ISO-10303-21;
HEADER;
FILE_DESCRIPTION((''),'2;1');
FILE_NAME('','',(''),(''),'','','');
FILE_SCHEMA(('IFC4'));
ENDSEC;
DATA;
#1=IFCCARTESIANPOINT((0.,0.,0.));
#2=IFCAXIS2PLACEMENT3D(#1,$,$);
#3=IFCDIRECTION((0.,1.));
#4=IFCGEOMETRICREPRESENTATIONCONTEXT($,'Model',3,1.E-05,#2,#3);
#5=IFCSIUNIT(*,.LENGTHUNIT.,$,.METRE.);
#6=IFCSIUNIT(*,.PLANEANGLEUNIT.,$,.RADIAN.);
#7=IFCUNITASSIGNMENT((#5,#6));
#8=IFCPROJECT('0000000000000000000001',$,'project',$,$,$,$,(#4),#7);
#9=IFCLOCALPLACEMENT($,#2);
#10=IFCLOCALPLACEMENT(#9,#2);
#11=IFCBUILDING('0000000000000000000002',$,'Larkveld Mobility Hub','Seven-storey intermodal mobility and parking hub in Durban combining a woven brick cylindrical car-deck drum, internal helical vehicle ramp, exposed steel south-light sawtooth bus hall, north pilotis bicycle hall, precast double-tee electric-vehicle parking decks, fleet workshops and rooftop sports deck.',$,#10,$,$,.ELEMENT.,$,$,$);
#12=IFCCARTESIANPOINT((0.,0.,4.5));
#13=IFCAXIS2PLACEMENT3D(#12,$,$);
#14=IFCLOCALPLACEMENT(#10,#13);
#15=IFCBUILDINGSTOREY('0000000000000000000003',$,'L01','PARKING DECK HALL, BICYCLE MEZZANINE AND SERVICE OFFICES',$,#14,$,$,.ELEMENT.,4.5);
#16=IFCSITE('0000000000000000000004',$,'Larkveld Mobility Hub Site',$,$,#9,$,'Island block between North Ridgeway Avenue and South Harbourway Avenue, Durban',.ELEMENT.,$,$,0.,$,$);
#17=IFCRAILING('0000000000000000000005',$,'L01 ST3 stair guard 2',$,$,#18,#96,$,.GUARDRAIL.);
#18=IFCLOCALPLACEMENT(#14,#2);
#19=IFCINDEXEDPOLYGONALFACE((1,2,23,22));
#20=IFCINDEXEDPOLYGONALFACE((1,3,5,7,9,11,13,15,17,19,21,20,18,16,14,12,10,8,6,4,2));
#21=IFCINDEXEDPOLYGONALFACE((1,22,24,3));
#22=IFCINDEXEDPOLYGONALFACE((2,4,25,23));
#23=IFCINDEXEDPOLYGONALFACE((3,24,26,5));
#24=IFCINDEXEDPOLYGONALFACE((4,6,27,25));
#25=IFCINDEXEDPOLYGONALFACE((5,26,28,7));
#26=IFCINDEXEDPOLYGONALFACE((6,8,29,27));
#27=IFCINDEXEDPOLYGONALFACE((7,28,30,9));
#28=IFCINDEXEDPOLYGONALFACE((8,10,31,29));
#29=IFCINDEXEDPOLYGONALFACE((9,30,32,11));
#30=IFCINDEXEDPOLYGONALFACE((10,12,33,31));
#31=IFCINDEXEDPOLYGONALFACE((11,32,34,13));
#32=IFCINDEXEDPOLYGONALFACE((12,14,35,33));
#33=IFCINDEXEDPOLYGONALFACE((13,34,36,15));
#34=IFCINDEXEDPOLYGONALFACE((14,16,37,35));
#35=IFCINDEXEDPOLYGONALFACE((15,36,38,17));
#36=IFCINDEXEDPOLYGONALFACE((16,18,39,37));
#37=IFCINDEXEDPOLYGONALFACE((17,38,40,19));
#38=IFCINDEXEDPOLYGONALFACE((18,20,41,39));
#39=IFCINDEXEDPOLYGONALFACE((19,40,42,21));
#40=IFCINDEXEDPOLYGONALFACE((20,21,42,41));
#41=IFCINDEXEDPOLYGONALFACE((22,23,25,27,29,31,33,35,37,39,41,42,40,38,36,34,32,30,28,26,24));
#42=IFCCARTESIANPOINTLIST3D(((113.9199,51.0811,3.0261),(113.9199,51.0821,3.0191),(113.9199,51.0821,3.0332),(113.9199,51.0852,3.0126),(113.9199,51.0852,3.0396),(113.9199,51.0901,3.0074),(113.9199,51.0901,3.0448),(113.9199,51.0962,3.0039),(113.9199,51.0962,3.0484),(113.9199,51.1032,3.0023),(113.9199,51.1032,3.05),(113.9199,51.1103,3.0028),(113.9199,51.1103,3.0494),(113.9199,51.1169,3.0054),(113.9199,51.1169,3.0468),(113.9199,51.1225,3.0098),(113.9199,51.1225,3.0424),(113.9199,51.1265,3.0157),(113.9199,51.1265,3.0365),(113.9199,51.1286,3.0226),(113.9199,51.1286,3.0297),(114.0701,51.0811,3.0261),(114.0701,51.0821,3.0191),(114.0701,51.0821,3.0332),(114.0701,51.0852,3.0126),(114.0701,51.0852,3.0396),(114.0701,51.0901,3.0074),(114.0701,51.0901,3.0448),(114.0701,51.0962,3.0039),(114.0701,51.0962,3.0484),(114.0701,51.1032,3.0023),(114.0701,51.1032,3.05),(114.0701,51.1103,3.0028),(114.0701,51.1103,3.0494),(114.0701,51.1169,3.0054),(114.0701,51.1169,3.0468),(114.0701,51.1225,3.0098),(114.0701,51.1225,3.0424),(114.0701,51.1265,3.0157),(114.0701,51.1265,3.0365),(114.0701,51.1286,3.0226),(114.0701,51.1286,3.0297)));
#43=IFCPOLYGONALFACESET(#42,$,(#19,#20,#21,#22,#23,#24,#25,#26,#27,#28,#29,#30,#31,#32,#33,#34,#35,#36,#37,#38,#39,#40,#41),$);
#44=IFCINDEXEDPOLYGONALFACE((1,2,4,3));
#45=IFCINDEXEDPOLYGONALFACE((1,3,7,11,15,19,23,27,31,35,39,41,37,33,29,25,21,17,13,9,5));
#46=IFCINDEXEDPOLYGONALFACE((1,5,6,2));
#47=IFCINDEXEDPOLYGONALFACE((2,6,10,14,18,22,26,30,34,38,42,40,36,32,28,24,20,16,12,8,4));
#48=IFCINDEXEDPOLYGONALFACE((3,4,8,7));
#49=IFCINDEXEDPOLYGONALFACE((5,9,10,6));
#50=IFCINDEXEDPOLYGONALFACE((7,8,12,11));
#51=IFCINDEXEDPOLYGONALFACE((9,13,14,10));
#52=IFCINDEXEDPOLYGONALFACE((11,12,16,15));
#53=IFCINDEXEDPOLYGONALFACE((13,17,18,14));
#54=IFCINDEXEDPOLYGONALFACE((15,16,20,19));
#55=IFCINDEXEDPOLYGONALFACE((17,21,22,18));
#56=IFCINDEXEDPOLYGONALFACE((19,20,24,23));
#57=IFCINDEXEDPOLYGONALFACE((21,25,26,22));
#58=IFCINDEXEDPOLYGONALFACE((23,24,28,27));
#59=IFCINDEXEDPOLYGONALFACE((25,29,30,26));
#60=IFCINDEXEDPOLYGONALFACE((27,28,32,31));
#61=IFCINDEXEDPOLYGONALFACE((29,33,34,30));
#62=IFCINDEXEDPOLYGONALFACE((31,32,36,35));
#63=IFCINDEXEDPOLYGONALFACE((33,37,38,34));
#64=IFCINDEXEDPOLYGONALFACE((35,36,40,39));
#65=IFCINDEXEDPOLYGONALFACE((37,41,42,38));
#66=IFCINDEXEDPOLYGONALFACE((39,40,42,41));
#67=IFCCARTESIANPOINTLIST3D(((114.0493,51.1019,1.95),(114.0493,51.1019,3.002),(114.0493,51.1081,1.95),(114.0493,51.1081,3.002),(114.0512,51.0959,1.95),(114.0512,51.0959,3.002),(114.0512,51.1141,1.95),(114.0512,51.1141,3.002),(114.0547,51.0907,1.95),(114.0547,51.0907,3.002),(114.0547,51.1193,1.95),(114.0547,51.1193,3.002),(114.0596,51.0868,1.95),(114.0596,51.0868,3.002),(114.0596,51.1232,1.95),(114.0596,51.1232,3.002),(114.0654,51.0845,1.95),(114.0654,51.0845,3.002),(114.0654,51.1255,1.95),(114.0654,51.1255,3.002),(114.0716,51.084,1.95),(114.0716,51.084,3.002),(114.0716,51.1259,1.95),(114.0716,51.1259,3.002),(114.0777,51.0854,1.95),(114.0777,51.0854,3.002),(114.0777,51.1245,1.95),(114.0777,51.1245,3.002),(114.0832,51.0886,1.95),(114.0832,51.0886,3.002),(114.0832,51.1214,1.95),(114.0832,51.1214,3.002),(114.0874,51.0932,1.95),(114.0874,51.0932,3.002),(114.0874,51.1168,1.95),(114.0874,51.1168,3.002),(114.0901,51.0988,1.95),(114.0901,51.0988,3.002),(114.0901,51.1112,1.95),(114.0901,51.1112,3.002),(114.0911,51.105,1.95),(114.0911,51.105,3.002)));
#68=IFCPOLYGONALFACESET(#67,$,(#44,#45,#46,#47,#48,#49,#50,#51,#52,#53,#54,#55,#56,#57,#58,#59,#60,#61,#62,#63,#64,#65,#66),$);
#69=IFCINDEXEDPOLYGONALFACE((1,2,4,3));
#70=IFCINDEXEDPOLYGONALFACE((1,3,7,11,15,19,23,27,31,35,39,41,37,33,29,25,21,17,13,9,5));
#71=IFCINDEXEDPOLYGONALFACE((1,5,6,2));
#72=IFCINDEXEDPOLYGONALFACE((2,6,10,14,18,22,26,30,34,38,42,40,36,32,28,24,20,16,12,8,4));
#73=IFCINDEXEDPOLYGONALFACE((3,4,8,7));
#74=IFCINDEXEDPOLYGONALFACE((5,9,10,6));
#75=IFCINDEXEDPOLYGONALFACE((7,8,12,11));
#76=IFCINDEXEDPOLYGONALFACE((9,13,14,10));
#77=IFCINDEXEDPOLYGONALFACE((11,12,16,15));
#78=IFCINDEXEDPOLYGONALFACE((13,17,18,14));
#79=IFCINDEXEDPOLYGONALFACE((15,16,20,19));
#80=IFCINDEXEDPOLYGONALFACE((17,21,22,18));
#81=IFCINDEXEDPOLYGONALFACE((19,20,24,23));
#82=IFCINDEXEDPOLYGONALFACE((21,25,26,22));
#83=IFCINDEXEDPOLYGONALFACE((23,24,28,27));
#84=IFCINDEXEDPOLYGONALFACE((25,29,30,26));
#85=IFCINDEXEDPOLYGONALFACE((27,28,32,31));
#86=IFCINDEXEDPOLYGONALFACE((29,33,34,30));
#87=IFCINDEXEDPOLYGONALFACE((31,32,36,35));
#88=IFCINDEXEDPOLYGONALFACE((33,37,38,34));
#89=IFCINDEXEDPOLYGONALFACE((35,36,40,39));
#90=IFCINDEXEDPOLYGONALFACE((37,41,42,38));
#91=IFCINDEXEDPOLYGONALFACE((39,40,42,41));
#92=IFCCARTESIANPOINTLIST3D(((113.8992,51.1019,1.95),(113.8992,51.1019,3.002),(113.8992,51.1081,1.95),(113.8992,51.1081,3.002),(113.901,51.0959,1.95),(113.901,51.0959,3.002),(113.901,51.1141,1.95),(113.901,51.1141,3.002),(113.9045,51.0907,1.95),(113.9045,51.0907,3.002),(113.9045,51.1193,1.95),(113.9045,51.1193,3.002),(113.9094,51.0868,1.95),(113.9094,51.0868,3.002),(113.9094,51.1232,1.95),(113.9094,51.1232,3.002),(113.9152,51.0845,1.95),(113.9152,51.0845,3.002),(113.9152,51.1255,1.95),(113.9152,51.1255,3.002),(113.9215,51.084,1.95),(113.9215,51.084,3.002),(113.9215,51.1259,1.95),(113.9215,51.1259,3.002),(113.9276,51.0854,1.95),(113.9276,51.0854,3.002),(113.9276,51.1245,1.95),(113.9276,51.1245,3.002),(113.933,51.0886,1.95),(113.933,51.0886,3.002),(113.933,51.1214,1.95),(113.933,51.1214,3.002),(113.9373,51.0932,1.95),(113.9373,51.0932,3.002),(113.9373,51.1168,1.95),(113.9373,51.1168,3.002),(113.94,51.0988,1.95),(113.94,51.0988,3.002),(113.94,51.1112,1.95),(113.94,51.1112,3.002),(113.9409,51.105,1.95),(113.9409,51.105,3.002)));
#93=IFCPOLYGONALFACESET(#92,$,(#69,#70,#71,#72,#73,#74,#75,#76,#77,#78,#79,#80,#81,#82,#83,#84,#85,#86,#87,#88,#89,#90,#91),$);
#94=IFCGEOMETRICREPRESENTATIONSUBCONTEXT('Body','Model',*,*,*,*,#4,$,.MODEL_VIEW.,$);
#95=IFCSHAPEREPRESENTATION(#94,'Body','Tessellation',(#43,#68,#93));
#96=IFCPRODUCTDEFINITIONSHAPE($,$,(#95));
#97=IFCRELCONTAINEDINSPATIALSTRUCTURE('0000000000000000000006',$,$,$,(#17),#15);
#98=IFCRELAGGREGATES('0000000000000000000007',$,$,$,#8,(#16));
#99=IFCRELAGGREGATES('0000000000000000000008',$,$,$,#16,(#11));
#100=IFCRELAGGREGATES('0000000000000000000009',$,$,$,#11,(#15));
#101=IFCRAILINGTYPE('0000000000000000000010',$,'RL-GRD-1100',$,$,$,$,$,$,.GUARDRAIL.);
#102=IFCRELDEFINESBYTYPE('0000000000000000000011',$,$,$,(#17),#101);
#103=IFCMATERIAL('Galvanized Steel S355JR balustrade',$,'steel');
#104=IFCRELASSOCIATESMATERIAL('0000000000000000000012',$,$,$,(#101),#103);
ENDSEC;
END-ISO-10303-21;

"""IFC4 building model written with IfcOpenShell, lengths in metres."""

from ifc_helpers import new_model, si_unit, direction, frame, origin, origin_2d, place, context, subcontext, project, spatial, circle, extrude, material, type_object, element, save


model = new_model("IFC4")

# Units and contexts
model_context = context("Model", 3, precision=1e-05, world=origin(), true_north=direction((0.0, 1.0)))
body_context = subcontext(model_context, "Body", "Model", "MODEL_VIEW")
ifc_project = project(units=[si_unit("LENGTHUNIT", "METRE"), si_unit("PLANEANGLEUNIT", "RADIAN")], contexts=[model_context])

# Site, building, storey
site_placement = place(None, origin())
site = spatial("IfcSite", under=ifc_project, at=site_placement, Name="Larkveld Mobility Hub Site", LongName="Island block between North Ridgeway Avenue and South Harbourway Avenue, Durban", CompositionType="ELEMENT", RefElevation=0.0)
building_placement = place(site_placement, origin())
building = spatial("IfcBuilding", under=site, at=building_placement, Name="Larkveld Mobility Hub", Description="Seven-storey intermodal mobility and parking hub in Durban combining a woven brick cylindrical car-deck drum, internal helical vehicle ramp, exposed steel south-light sawtooth bus hall, north pilotis bicycle hall, precast double-tee electric-vehicle parking decks, fleet workshops and rooftop sports deck.", CompositionType="ELEMENT")
storey_placement = place(building_placement, frame((0.0, 0.0, 4.5)))
storey = spatial("IfcBuildingStorey", under=building, at=storey_placement, Name="L01", Description="PARKING DECK HALL, BICYCLE MEZZANINE AND SERVICE OFFICES", CompositionType="ELEMENT", Elevation=4.5)

# Railing
ifc_material_1 = material(Name="Galvanized Steel S355JR balustrade", Category="steel")
railing_type_1 = type_object("IfcRailingType", Name="RL-GRD-1100", PredefinedType="GUARDRAIL", material=ifc_material_1)
railing_1_placement = place(storey_placement, frame((114.0701, 51.105, 1.95)))
element("IfcRailing", 1, at=railing_1_placement, inside=storey, type_object=railing_type_1, Name="L01 ST3 stair guard 2", PredefinedType="GUARDRAIL", context=body_context, shape_type="SweptSolid", body=[
    extrude(circle(Radius=0.0239, at=origin_2d()), frame((0.0, 0.0, 1.0762), z_axis=(-1.0, 0.0, 0.0), x_axis=(0.0, -1.0, 0.0)), (0.0, 0.0, 1.0), 0.1501),
    extrude(circle(Radius=0.021, at=origin_2d()), origin(), (0.0, 0.0, 1.0), 1.052),
    extrude(circle(Radius=0.021, at=origin_2d()), frame((-0.1501, 0.0, 0.0)), (0.0, 0.0, 1.0), 1.052),
])

save(model, "model.ifc")
